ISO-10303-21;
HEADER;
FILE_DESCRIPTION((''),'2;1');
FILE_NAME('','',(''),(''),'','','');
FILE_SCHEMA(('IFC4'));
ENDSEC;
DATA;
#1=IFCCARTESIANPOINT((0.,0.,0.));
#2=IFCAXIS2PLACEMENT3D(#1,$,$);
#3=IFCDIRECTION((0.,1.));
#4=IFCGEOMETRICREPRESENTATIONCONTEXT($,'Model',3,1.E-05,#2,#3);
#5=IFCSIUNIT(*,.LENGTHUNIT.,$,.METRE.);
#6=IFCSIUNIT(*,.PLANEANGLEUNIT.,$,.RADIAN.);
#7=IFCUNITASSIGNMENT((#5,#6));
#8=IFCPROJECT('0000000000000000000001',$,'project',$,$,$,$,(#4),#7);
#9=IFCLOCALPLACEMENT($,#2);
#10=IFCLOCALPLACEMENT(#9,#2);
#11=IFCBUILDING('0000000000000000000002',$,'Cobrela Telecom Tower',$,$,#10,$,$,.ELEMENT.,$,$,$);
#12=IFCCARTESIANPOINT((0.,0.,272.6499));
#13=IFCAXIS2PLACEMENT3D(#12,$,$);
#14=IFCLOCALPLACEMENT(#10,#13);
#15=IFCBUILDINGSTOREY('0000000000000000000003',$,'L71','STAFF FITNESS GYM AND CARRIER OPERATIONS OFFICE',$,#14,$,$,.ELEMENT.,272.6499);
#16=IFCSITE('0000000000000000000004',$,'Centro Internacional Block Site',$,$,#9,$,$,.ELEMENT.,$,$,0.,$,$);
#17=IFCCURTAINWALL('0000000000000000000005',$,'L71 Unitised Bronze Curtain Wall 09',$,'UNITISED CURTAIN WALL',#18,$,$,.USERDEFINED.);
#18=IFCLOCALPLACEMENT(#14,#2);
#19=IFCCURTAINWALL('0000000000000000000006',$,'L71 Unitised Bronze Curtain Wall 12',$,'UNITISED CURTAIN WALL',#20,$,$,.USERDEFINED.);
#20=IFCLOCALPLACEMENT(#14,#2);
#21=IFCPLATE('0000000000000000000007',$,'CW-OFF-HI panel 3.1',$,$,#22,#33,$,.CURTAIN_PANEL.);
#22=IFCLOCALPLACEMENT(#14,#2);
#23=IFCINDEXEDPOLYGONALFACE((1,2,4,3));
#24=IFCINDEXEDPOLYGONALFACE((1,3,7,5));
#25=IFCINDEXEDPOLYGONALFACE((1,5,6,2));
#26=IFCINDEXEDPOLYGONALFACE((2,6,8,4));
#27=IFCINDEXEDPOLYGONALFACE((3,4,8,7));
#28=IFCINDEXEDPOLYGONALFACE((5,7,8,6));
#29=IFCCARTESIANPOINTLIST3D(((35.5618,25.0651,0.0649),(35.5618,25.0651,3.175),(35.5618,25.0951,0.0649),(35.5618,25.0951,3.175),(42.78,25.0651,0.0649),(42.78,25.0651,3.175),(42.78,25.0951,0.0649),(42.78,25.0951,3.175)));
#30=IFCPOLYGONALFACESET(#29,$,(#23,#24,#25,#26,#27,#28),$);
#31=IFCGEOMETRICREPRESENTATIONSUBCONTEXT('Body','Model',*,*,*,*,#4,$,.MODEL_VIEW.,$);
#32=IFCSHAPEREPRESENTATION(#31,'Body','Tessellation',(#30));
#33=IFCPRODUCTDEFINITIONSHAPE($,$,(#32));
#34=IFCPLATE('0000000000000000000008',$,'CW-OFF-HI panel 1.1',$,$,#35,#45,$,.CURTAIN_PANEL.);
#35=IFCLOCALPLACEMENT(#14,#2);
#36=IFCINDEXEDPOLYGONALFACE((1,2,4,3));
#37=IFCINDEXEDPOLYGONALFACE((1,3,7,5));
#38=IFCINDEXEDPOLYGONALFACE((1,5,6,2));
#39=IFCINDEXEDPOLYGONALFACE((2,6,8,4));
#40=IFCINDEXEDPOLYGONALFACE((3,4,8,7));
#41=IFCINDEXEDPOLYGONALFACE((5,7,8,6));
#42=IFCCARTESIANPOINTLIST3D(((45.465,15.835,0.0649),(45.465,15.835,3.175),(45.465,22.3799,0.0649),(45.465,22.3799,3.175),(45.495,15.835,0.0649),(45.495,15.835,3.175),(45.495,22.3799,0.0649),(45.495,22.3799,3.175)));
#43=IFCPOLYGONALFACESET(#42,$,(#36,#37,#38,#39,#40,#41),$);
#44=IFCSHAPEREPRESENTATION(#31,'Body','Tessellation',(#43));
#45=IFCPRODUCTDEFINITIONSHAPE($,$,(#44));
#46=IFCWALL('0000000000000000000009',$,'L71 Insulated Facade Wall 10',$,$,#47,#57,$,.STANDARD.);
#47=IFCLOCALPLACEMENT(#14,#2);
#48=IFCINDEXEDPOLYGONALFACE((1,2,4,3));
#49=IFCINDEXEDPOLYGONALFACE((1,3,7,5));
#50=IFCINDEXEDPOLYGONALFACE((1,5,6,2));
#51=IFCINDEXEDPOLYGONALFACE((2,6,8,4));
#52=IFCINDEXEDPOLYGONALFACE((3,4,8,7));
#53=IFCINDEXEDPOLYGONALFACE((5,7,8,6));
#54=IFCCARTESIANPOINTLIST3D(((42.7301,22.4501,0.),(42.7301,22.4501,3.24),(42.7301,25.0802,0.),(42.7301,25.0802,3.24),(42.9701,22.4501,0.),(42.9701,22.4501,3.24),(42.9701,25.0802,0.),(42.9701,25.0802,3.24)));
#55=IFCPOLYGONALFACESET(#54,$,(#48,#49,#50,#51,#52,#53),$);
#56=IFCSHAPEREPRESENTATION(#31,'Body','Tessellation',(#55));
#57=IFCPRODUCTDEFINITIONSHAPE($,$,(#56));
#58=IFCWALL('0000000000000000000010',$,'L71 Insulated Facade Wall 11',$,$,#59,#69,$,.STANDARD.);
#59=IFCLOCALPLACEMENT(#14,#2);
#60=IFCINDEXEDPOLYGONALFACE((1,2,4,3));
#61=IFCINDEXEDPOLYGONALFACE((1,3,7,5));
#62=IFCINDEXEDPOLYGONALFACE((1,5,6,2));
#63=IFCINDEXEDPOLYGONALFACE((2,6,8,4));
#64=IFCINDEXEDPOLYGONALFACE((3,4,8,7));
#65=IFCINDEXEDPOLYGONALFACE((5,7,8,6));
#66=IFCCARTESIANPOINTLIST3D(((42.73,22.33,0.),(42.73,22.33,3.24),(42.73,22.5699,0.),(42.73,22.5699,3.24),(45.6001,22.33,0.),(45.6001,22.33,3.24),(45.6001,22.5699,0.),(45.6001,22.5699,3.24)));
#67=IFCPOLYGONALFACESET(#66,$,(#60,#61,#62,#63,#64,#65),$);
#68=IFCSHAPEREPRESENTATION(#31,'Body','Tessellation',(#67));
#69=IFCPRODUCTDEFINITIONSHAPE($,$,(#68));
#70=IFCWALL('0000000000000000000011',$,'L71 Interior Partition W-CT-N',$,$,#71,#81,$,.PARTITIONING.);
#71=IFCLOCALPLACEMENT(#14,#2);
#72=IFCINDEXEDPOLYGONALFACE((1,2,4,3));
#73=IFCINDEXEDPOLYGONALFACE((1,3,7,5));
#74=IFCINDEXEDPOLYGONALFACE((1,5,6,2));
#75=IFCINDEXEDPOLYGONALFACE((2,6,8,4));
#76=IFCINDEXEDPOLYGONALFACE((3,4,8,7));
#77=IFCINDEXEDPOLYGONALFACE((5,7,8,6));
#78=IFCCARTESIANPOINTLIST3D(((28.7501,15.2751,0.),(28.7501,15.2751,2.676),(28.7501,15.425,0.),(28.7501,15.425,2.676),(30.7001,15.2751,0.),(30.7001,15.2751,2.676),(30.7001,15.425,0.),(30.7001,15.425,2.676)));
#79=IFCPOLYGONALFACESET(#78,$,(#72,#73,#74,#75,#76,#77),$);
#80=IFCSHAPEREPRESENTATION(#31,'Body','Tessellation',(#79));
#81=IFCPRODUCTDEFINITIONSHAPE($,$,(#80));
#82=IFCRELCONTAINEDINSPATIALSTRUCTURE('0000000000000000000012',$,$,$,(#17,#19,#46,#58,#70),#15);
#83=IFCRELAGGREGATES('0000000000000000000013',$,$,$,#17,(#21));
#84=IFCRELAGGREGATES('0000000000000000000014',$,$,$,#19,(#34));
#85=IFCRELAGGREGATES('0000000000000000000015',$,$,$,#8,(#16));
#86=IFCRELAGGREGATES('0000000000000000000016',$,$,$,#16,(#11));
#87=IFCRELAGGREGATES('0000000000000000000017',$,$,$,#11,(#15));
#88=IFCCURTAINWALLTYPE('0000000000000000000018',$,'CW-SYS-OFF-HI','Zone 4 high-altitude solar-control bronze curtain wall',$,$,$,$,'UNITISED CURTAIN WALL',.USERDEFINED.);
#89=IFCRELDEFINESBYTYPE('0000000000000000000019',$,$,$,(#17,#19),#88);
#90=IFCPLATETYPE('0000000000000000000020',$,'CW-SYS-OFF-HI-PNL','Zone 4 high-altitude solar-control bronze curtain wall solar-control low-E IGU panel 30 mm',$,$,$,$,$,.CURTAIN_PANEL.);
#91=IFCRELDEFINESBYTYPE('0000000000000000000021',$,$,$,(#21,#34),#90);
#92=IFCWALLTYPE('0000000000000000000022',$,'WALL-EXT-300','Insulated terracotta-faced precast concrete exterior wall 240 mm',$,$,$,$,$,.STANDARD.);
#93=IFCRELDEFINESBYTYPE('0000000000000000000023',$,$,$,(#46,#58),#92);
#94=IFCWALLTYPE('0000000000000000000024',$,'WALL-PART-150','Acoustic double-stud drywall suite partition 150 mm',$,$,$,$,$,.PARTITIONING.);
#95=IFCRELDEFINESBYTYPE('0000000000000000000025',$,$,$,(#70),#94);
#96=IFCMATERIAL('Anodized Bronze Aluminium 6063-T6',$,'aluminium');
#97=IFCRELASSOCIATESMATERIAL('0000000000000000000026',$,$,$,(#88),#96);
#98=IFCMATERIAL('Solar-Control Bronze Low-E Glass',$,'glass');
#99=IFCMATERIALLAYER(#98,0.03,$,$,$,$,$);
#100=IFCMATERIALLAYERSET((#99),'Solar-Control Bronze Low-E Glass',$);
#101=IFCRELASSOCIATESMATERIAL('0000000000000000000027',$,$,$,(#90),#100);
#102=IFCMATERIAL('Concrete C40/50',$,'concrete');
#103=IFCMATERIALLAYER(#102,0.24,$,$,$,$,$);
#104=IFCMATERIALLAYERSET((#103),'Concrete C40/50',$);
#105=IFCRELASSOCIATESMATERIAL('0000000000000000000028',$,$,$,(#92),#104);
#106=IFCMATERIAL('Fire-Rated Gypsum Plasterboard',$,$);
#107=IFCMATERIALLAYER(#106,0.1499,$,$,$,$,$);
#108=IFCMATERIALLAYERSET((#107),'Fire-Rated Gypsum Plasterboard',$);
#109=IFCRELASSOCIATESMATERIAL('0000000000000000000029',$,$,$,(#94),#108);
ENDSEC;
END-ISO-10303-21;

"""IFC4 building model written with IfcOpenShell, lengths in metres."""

from ifc_helpers import new_model, si_unit, direction, frame, frame_2d, origin, origin_2d, place, context, subcontext, project, spatial, rectangle, extrude, material, layer, layer_set, type_object, element, aggregate, save


model = new_model("IFC4")

# Units and contexts
model_context = context("Model", 3, precision=1e-05, world=origin(), true_north=direction((0.0, 1.0)))
body_context = subcontext(model_context, "Body", "Model", "MODEL_VIEW")
ifc_project = project(units=[si_unit("LENGTHUNIT", "METRE"), si_unit("PLANEANGLEUNIT", "RADIAN")], contexts=[model_context])

# Site, building, storey
site_placement = place(None, origin())
site = spatial("IfcSite", under=ifc_project, at=site_placement, Name="Centro Internacional Block Site", CompositionType="ELEMENT", RefElevation=0.0)
building_placement = place(site_placement, origin())
building = spatial("IfcBuilding", under=site, at=building_placement, Name="Cobrela Telecom Tower", CompositionType="ELEMENT")
storey_placement = place(building_placement, frame((0.0, 0.0, 272.6499)))
storey = spatial("IfcBuildingStorey", under=building, at=storey_placement, Name="L71", Description="STAFF FITNESS GYM AND CARRIER OPERATIONS OFFICE", CompositionType="ELEMENT", Elevation=272.6499)

# Curtain walls
ifc_material_1 = material(Name="Anodized Bronze Aluminium 6063-T6", Category="aluminium")
curtain_wall_type = type_object("IfcCurtainWallType", Name="CW-SYS-OFF-HI", Description="Zone 4 high-altitude solar-control bronze curtain wall", ElementType="UNITISED CURTAIN WALL", PredefinedType="USERDEFINED", material=ifc_material_1)
curtain_wall_1_placement = place(storey_placement, origin())
curtain_wall_1 = element("IfcCurtainWall", 1, at=curtain_wall_1_placement, inside=storey, type_object=curtain_wall_type, Name="L71 Unitised Bronze Curtain Wall 09", ObjectType="UNITISED CURTAIN WALL", PredefinedType="USERDEFINED")
curtain_wall_2_placement = place(storey_placement, origin())
curtain_wall_2 = element("IfcCurtainWall", 2, at=curtain_wall_2_placement, inside=storey, type_object=curtain_wall_type, Name="L71 Unitised Bronze Curtain Wall 12", ObjectType="UNITISED CURTAIN WALL", PredefinedType="USERDEFINED")

# Plates
ifc_material_2 = material(Name="Solar-Control Bronze Low-E Glass", Category="glass")
ifc_layer_1 = layer(ifc_material_2, 0.03)
ifc_layer_set_1 = layer_set([ifc_layer_1], Name="Solar-Control Bronze Low-E Glass")
plate_type = type_object("IfcPlateType", Name="CW-SYS-OFF-HI-PNL", Description="Zone 4 high-altitude solar-control bronze curtain wall solar-control low-E IGU panel 30 mm", PredefinedType="CURTAIN_PANEL", material=ifc_layer_set_1)
plate_1_placement = place(storey_placement, frame((39.1709, 25.0801, 0.0649), z_axis=(0.0, 0.0, 1.0), x_axis=(1.0, 0.0, 0.0)))
plate_1 = element("IfcPlate", 3, at=plate_1_placement, type_object=plate_type, Name="CW-OFF-HI panel 3.1", PredefinedType="CURTAIN_PANEL", context=body_context, shape_type="SweptSolid", body=[
    extrude(rectangle(XDim=7.2183, YDim=0.03, at=origin_2d()), origin(), (0.0, 0.0, 1.0), 3.1101),
])
aggregate(curtain_wall_1, [plate_1])
plate_2_placement = place(storey_placement, frame((45.48, 19.1074, 0.0649), z_axis=(0.0, 0.0, 1.0), x_axis=(0.0, -1.0, 0.0)))
plate_2 = element("IfcPlate", 4, at=plate_2_placement, type_object=plate_type, Name="CW-OFF-HI panel 1.1", PredefinedType="CURTAIN_PANEL", context=body_context, shape_type="SweptSolid", body=[
    extrude(rectangle(XDim=6.5449, YDim=0.03, at=origin_2d()), origin(), (0.0, 0.0, 1.0), 3.1101),
])
aggregate(curtain_wall_2, [plate_2])

# Walls
ifc_material_3 = material(Name="Concrete C40/50", Category="concrete")
ifc_layer_2 = layer(ifc_material_3, 0.24)
ifc_layer_set_2 = layer_set([ifc_layer_2], Name="Concrete C40/50")
wall_type_1 = type_object("IfcWallType", Name="WALL-EXT-300", Description="Insulated terracotta-faced precast concrete exterior wall 240 mm", PredefinedType="STANDARD", material=ifc_layer_set_2)
wall_1_placement = place(storey_placement, frame((42.8501, 25.0801, 0.0), z_axis=(0.0, 0.0, 1.0), x_axis=(0.0, -1.0, 0.0)))
element("IfcWall", 5, at=wall_1_placement, inside=storey, type_object=wall_type_1, Name="L71 Insulated Facade Wall 10", PredefinedType="STANDARD", context=body_context, shape_type="SweptSolid", body=[
    extrude(rectangle(XDim=2.6301, YDim=0.24, at=frame_2d((1.3149, 0.0))), origin(), (0.0, 0.0, 1.0), 3.24),
])
wall_2_placement = place(storey_placement, frame((42.73, 22.45, 0.0), z_axis=(0.0, 0.0, 1.0), x_axis=(1.0, 0.0, 0.0)))
element("IfcWall", 6, at=wall_2_placement, inside=storey, type_object=wall_type_1, Name="L71 Insulated Facade Wall 11", PredefinedType="STANDARD", context=body_context, shape_type="SweptSolid", body=[
    extrude(rectangle(XDim=2.8701, YDim=0.24, at=frame_2d((1.4351, 0.0))), origin(), (0.0, 0.0, 1.0), 3.24),
])
ifc_material_4 = material(Name="Fire-Rated Gypsum Plasterboard")
ifc_layer_3 = layer(ifc_material_4, 0.1499)
ifc_layer_set_3 = layer_set([ifc_layer_3], Name="Fire-Rated Gypsum Plasterboard")
wall_type_2 = type_object("IfcWallType", Name="WALL-PART-150", Description="Acoustic double-stud drywall suite partition 150 mm", PredefinedType="PARTITIONING", material=ifc_layer_set_3)
wall_3_placement = place(storey_placement, frame((28.75, 15.3501, 0.0), z_axis=(0.0, 0.0, 1.0), x_axis=(1.0, 0.0, 0.0)))
element("IfcWall", 7, at=wall_3_placement, inside=storey, type_object=wall_type_2, Name="L71 Interior Partition W-CT-N", PredefinedType="PARTITIONING", context=body_context, shape_type="SweptSolid", body=[
    extrude(rectangle(XDim=1.95, YDim=0.1499, at=frame_2d((0.9751, 0.0))), origin(), (0.0, 0.0, 1.0), 2.676),
])

save(model, "model.ifc")
